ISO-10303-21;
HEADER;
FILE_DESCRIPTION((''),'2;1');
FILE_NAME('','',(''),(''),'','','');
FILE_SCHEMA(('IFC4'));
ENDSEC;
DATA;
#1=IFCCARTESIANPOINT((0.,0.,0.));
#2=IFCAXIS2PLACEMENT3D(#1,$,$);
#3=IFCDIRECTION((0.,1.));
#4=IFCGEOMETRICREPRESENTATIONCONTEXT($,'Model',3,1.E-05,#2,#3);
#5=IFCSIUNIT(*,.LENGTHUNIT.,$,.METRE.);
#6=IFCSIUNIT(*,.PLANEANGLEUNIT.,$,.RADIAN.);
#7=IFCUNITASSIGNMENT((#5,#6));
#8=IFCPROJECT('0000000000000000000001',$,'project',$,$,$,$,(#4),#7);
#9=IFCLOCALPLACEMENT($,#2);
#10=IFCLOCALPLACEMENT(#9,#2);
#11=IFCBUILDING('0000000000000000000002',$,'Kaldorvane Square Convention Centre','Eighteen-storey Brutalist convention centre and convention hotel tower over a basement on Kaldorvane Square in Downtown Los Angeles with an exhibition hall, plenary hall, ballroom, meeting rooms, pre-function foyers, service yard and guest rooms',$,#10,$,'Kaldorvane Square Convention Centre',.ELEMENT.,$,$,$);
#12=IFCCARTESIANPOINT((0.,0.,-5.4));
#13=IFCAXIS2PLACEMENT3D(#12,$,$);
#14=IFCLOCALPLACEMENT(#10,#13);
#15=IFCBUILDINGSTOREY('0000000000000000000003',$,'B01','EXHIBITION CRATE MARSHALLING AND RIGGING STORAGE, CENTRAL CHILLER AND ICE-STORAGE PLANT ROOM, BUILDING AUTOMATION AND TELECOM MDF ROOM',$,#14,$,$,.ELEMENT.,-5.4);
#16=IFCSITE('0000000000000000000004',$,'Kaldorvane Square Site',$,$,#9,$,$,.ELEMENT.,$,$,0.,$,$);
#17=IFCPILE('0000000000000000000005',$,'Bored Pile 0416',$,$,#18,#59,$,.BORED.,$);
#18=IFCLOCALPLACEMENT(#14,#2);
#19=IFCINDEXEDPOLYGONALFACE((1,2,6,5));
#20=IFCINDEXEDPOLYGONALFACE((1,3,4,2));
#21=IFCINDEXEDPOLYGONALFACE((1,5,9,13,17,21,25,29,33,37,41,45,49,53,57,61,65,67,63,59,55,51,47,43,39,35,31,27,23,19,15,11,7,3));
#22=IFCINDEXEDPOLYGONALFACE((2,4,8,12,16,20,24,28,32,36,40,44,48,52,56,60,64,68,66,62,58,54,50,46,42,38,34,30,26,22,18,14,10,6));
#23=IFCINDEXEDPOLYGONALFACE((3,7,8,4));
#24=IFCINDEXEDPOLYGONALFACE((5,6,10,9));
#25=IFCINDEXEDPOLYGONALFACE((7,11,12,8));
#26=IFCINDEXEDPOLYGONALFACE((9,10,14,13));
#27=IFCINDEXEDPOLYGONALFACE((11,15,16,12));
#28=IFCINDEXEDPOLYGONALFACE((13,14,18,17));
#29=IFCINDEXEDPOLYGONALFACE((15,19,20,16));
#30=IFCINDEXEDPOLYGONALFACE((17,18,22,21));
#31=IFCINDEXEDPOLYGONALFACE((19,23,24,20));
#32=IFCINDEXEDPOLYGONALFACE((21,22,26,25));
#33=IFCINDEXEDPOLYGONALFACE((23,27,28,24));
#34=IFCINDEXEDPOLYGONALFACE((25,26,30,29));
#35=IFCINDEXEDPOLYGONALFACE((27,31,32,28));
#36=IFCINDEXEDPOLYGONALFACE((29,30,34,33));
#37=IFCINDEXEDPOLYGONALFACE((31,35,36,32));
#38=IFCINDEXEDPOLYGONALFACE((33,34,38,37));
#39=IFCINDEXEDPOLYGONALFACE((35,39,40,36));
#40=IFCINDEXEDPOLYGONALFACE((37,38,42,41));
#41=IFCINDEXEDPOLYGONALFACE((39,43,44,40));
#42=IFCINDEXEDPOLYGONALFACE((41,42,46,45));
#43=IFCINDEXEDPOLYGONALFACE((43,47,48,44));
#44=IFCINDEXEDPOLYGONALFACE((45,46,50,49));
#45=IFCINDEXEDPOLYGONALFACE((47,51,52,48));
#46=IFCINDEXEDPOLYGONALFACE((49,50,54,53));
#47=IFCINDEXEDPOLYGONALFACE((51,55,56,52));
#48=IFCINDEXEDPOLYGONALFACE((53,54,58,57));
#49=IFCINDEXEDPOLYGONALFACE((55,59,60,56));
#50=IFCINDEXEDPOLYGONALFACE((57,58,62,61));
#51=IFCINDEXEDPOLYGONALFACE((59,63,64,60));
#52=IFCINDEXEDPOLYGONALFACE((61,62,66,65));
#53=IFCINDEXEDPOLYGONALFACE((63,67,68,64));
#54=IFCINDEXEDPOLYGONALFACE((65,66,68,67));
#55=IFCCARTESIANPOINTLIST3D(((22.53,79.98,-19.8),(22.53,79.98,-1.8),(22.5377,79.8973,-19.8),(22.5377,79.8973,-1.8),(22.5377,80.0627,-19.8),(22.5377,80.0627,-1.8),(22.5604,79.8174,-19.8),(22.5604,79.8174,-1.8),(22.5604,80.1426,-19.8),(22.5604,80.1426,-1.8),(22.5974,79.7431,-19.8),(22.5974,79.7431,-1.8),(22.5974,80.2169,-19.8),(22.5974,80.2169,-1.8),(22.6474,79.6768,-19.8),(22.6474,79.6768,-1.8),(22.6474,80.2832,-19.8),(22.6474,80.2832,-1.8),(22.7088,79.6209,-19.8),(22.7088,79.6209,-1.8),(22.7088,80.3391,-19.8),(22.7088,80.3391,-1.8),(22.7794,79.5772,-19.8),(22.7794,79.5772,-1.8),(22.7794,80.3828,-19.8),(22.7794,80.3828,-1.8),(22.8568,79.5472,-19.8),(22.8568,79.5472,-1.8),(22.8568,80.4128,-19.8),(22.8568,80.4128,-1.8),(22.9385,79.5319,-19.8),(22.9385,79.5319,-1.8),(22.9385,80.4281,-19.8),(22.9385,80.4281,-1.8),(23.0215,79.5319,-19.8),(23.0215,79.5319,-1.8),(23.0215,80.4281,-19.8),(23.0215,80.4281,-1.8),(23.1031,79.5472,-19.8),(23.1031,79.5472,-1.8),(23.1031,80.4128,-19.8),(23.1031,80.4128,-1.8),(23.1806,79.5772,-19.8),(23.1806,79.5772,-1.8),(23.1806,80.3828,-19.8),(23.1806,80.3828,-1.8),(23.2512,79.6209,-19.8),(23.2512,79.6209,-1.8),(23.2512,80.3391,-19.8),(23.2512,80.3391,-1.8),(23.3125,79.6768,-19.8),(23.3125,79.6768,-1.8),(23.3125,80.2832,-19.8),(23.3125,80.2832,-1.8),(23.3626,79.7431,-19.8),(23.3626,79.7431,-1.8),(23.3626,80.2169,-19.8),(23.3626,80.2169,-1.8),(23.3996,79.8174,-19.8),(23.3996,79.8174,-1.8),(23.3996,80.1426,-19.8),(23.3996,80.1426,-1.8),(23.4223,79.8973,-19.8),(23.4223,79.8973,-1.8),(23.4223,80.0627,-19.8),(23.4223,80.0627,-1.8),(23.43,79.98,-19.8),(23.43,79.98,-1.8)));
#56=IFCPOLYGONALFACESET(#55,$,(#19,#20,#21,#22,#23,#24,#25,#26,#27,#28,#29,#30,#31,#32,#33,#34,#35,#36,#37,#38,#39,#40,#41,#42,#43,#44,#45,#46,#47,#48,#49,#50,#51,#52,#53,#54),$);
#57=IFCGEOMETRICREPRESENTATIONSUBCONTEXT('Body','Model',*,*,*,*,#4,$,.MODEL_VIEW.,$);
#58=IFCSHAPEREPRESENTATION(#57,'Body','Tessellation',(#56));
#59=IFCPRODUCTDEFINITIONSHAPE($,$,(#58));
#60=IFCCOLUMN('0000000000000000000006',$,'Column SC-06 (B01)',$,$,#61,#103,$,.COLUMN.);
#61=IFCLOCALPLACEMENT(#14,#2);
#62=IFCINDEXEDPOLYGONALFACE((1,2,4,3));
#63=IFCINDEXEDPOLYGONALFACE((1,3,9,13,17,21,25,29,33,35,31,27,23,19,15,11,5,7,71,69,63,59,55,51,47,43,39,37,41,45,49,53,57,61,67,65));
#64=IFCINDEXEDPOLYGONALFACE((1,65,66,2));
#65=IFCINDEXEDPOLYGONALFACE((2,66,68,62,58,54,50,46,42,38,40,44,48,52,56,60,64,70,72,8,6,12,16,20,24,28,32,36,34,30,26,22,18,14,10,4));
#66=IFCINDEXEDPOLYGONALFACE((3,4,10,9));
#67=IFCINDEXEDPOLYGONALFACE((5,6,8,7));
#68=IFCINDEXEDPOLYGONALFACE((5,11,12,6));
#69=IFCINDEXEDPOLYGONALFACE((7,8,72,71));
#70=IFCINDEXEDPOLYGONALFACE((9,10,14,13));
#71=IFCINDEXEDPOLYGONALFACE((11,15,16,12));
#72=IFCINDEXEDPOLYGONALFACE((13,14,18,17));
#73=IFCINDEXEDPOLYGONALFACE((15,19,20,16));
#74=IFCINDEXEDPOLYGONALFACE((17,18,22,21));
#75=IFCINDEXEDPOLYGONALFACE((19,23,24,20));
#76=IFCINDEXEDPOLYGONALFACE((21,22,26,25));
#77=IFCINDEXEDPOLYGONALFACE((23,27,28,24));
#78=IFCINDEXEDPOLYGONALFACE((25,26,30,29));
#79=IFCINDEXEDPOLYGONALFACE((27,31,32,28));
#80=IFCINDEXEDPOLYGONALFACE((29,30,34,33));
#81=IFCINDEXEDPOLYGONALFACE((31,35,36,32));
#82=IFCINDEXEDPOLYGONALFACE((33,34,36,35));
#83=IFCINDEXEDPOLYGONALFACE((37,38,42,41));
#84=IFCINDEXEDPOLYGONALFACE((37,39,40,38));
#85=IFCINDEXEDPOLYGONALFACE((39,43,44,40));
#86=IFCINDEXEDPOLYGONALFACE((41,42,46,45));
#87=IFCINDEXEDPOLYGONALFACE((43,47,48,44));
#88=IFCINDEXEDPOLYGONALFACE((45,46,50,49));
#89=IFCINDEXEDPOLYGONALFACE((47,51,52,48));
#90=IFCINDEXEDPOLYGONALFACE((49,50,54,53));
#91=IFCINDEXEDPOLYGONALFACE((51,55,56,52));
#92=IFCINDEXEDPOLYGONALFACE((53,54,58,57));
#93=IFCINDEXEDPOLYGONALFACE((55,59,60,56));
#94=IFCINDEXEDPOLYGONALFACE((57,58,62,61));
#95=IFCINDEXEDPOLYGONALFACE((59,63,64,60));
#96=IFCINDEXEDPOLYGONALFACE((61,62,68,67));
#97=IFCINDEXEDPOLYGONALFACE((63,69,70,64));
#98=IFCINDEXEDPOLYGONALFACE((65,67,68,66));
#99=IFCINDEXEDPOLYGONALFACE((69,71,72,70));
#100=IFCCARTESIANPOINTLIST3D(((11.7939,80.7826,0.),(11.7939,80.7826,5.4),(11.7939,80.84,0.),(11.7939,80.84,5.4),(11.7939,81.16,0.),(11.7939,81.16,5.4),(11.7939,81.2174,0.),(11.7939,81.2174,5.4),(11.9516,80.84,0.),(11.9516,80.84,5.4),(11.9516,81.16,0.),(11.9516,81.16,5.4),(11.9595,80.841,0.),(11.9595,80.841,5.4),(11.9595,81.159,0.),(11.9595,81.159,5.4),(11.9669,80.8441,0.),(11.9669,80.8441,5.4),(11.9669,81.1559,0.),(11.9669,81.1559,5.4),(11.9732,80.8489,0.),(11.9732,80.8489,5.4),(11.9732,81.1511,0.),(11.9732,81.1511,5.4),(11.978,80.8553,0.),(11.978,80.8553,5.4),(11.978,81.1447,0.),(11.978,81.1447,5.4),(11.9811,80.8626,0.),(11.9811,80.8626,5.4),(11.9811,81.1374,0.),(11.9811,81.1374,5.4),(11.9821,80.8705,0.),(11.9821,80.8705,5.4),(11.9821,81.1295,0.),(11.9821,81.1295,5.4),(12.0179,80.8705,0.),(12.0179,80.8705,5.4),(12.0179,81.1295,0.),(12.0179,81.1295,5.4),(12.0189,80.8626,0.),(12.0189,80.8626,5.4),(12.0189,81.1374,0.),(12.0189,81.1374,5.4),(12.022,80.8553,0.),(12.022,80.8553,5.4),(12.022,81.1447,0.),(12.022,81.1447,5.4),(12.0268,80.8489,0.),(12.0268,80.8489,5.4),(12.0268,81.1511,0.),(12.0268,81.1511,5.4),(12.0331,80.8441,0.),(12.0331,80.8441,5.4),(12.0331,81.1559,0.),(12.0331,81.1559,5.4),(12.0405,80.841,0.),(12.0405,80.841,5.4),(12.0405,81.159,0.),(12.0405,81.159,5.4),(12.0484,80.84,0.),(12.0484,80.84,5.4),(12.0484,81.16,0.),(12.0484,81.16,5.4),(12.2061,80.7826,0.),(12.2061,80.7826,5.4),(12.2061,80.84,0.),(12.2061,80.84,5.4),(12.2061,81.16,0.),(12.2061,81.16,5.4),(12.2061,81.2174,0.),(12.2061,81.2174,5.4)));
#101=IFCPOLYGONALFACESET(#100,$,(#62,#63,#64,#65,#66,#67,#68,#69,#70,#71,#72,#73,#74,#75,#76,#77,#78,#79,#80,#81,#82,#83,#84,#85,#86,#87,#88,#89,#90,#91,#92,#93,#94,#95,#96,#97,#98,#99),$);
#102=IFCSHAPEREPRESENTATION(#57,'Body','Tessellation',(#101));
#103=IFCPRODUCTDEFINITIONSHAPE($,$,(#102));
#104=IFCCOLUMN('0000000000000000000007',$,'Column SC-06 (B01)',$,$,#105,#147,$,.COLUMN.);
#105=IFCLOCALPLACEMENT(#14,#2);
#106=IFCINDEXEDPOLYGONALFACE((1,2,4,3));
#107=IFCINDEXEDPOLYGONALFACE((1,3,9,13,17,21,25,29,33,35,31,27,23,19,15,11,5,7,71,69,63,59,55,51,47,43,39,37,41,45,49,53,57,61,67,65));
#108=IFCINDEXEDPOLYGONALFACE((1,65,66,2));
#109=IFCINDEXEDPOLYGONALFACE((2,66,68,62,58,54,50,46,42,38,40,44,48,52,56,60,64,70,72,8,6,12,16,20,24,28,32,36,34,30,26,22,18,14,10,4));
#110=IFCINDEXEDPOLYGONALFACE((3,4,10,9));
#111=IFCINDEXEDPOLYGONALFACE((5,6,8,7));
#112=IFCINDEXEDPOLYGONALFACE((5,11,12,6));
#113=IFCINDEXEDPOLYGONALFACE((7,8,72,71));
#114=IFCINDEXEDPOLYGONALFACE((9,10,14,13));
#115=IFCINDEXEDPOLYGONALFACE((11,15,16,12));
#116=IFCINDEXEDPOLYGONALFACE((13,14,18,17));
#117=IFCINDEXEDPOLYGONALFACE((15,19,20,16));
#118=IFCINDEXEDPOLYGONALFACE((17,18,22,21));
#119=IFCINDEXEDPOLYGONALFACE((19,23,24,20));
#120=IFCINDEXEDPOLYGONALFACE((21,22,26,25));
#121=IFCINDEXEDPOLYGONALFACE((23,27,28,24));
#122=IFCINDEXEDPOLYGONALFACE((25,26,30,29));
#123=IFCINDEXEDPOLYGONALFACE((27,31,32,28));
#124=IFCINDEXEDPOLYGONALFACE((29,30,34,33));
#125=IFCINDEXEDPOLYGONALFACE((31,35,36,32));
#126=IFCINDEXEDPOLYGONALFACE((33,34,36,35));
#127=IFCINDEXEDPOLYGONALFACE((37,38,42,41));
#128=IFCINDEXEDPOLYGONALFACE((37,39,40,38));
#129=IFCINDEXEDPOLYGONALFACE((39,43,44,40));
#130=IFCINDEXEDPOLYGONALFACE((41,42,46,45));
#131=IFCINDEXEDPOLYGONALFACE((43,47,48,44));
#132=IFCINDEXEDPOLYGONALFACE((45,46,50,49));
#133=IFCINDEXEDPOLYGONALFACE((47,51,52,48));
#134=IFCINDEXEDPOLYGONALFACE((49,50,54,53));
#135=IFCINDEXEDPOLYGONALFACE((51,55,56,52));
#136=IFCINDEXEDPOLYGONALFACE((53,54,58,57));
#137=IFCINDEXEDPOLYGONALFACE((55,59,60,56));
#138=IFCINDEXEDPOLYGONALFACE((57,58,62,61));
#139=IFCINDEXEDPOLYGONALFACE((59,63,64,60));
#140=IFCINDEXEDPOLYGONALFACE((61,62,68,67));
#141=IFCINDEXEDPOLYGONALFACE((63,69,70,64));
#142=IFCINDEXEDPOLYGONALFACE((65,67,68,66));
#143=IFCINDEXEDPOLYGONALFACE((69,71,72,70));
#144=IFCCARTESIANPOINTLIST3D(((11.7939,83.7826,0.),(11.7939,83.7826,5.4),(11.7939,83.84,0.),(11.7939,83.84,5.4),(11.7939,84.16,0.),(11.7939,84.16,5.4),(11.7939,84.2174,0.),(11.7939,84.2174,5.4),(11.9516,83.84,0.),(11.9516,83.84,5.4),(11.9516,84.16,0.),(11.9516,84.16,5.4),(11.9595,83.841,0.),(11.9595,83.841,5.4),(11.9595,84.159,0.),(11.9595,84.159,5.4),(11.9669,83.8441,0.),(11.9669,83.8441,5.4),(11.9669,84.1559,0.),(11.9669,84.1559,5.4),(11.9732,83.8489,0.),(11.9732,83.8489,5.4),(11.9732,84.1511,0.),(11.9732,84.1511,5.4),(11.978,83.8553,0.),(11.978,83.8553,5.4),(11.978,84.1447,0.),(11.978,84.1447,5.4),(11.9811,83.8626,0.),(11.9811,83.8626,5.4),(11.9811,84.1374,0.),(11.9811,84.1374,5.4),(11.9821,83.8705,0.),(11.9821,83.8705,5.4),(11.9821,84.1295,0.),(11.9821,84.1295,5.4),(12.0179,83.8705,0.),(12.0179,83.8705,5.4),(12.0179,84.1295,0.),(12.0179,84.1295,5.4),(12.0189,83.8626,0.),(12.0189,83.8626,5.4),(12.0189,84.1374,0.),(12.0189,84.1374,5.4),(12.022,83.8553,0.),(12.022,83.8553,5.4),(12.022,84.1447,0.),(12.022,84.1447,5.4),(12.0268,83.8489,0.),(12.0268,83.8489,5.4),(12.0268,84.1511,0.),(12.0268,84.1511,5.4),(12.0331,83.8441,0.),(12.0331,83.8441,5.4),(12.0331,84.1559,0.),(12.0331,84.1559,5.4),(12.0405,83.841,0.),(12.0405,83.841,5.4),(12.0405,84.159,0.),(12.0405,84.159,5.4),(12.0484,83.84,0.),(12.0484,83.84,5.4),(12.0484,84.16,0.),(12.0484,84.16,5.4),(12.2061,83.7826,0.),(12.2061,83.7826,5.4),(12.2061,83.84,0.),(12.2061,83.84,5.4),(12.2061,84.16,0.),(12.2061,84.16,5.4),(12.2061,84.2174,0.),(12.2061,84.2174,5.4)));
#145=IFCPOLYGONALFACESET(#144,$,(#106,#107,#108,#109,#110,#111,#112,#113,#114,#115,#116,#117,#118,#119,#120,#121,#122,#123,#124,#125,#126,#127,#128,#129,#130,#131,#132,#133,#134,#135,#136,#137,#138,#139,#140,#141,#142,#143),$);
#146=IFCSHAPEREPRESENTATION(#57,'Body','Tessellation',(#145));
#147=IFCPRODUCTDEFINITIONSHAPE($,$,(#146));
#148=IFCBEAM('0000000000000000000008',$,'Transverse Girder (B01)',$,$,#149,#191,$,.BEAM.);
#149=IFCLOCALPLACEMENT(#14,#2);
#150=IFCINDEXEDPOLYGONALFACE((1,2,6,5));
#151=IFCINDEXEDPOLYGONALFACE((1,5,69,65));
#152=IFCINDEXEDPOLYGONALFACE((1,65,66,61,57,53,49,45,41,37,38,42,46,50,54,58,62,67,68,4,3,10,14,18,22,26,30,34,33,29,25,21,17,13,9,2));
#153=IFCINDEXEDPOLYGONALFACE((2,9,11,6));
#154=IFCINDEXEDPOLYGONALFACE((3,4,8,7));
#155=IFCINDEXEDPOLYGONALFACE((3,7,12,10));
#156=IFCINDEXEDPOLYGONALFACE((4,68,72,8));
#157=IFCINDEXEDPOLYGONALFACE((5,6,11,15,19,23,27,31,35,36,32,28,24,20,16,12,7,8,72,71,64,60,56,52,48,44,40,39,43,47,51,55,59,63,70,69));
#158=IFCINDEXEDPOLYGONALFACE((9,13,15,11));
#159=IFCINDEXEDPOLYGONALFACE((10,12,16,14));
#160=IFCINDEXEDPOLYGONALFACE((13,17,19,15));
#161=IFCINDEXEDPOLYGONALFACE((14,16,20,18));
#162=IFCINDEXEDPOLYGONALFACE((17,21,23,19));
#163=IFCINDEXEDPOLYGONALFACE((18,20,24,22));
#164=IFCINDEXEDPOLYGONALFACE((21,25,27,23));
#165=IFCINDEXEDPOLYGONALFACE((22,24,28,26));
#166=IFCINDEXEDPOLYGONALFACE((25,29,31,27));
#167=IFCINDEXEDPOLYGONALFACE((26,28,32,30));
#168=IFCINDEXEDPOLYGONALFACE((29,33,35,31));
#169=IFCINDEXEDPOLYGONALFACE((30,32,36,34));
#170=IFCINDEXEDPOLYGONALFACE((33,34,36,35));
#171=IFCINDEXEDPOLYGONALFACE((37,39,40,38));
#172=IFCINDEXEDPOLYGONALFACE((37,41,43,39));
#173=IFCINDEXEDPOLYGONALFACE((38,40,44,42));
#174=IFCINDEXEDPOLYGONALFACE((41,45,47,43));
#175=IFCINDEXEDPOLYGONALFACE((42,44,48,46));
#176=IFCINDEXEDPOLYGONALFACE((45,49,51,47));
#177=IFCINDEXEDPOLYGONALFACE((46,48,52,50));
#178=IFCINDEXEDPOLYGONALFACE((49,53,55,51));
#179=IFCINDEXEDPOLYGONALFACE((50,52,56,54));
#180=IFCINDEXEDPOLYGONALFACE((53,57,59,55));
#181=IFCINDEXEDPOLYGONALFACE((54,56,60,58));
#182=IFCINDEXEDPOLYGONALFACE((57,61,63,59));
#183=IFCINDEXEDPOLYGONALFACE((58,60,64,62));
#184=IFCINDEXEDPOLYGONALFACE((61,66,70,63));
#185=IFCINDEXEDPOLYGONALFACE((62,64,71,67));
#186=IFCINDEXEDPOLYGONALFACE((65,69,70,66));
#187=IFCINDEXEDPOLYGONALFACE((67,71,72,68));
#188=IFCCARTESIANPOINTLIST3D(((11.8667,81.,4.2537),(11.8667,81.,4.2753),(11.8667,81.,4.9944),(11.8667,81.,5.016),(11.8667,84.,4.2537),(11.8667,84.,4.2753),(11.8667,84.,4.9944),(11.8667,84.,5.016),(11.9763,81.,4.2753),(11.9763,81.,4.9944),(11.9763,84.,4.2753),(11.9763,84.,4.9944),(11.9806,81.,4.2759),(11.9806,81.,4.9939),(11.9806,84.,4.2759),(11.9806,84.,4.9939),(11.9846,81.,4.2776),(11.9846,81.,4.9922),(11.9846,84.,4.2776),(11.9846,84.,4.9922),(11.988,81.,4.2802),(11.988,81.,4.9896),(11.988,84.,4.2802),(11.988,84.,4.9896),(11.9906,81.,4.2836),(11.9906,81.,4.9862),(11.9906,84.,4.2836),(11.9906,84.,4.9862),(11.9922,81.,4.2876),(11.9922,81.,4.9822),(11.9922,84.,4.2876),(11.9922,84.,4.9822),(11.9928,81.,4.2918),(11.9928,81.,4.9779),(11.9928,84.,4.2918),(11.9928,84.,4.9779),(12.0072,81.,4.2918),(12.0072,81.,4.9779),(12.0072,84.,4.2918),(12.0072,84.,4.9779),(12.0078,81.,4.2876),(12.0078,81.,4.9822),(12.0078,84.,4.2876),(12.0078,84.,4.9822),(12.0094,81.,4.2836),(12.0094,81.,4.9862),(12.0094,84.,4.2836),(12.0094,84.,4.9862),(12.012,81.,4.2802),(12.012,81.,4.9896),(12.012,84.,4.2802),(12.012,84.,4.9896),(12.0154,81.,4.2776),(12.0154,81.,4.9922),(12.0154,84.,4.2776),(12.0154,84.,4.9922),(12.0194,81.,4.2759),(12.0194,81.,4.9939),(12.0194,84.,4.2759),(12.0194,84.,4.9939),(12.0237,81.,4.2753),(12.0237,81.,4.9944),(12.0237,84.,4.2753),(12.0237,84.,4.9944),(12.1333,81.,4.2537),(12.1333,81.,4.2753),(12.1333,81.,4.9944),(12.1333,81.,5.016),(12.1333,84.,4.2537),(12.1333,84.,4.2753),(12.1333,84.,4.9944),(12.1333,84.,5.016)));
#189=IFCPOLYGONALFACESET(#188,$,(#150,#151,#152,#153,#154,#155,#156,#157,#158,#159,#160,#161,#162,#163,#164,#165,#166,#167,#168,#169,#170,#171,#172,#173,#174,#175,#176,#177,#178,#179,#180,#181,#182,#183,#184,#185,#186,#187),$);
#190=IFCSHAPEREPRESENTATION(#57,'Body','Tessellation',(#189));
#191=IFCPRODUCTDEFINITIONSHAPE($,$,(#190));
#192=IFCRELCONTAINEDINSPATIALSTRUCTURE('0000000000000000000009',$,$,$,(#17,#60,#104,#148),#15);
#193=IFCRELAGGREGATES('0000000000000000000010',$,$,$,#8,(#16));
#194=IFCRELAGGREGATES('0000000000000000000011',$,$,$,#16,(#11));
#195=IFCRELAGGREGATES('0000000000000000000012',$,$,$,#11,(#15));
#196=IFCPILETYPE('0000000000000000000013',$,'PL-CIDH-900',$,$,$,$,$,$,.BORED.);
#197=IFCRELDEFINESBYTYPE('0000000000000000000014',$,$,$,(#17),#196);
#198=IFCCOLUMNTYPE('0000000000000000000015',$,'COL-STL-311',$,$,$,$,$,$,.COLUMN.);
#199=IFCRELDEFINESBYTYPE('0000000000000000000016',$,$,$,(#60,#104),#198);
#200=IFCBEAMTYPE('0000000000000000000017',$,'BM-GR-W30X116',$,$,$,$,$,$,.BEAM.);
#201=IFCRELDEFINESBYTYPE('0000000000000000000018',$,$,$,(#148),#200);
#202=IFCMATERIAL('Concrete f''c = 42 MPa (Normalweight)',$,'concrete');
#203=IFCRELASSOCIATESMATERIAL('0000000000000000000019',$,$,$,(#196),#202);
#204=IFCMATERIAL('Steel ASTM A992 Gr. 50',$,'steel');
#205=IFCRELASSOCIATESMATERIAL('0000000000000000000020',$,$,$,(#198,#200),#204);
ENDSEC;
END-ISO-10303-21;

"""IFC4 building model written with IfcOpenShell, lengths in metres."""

from ifc_helpers import new_model, si_unit, direction, frame, origin, origin_2d, place, context, subcontext, project, spatial, circle, i_section, extrude, material, material_profile, profile_set, type_object, element, save


model = new_model("IFC4")

# Units and contexts
model_context = context("Model", 3, precision=1e-05, world=origin(), true_north=direction((0.0, 1.0)))
body_context = subcontext(model_context, "Body", "Model", "MODEL_VIEW")
ifc_project = project(units=[si_unit("LENGTHUNIT", "METRE"), si_unit("PLANEANGLEUNIT", "RADIAN")], contexts=[model_context])

# Site, building, storey
site_placement = place(None, origin())
site = spatial("IfcSite", under=ifc_project, at=site_placement, Name="Kaldorvane Square Site", CompositionType="ELEMENT", RefElevation=0.0)
building_placement = place(site_placement, origin())
building = spatial("IfcBuilding", under=site, at=building_placement, Name="Kaldorvane Square Convention Centre", Description="Eighteen-storey Brutalist convention centre and convention hotel tower over a basement on Kaldorvane Square in Downtown Los Angeles with an exhibition hall, plenary hall, ballroom, meeting rooms, pre-function foyers, service yard and guest rooms", LongName="Kaldorvane Square Convention Centre", CompositionType="ELEMENT")
storey_placement = place(building_placement, frame((0.0, 0.0, -5.4)))
storey = spatial("IfcBuildingStorey", under=building, at=storey_placement, Name="B01", Description="EXHIBITION CRATE MARSHALLING AND RIGGING STORAGE, CENTRAL CHILLER AND ICE-STORAGE PLANT ROOM, BUILDING AUTOMATION AND TELECOM MDF ROOM", CompositionType="ELEMENT", Elevation=-5.4)

# Shared definitions
ifc_material_1 = material(Name="Concrete f'c = 42 MPa (Normalweight)", Category="concrete")

# Pile
ifc_material_profile_1 = material_profile(ifc_material_1, circle(Radius=0.45, at=origin_2d()), Name="PILE-D900")
ifc_profile_set_1 = profile_set([ifc_material_profile_1], Name="Concrete f'c = 42 MPa (Normalweight)")
pile_type_1 = type_object("IfcPileType", Name="PL-CIDH-900", PredefinedType="BORED", material=ifc_profile_set_1)
for number, where, z_axis, x_axis, name in (
    (1, (22.98, 79.98, -1.8), (0.0, 0.0, -1.0), (1.0, 0.0, 0.0), "Bored Pile 0416"),
):
    element("IfcPile", number, at=place(storey_placement, frame(where, z_axis=z_axis, x_axis=x_axis)), inside=storey, type_object=pile_type_1, Name=name, PredefinedType="BORED", context=body_context, shape_type="SweptSolid", body=[
        extrude(circle(Radius=0.45, at=origin_2d()), origin(), (0.0, 0.0, 1.0), 18.0),
    ])

# Columns
ifc_material_2 = material(Name="Steel ASTM A992 Gr. 50", Category="steel")
ifc_material_profile_2 = material_profile(ifc_material_2, i_section(OverallWidth=0.4122, OverallDepth=0.4348, WebThickness=0.0358, FlangeThickness=0.0574, FilletRadius=0.0305, at=origin_2d()), Name="W14X311")
ifc_profile_set_2 = profile_set([ifc_material_profile_2], Name="Steel ASTM A992 Gr. 50")
column_type = type_object("IfcColumnType", Name="COL-STL-311", PredefinedType="COLUMN", material=ifc_profile_set_2)
for number, where, z_axis, x_axis, name in (
    (2, (12.0, 81.0, 0.0), (0.0, 0.0, 1.0), (1.0, 0.0, 0.0), "Column SC-06 (B01)"),
    (3, (12.0, 84.0, 0.0), (0.0, 0.0, 1.0), (1.0, 0.0, 0.0), "Column SC-06 (B01)"),
):
    element("IfcColumn", number, at=place(storey_placement, frame(where, z_axis=z_axis, x_axis=x_axis)), inside=storey, type_object=column_type, Name=name, PredefinedType="COLUMN", context=body_context, shape_type="SweptSolid", body=[
        extrude(i_section(OverallWidth=0.4122, OverallDepth=0.4348, WebThickness=0.0358, FlangeThickness=0.0574, FilletRadius=0.0305, at=origin_2d()), origin(), (0.0, 0.0, 1.0), 5.4),
    ])

# Beam
ifc_material_profile_3 = material_profile(ifc_material_2, i_section(OverallWidth=0.2666, OverallDepth=0.7623, WebThickness=0.0144, FlangeThickness=0.0216, FilletRadius=0.0165, at=origin_2d()), Name="W30X116")
ifc_profile_set_3 = profile_set([ifc_material_profile_3], Name="Steel ASTM A992 Gr. 50")
beam_type_1 = type_object("IfcBeamType", Name="BM-GR-W30X116", PredefinedType="BEAM", material=ifc_profile_set_3)
beam_1_placement = place(storey_placement, frame((12.0, 81.0, 4.6349), z_axis=(0.0, 1.0, 0.0), x_axis=(-1.0, 0.0, 0.0)))
element("IfcBeam", 4, at=beam_1_placement, inside=storey, type_object=beam_type_1, Name="Transverse Girder (B01)", PredefinedType="BEAM", context=body_context, shape_type="SweptSolid", body=[
    extrude(i_section(OverallWidth=0.2666, OverallDepth=0.7623, WebThickness=0.0144, FlangeThickness=0.0216, FilletRadius=0.0165, at=origin_2d()), origin(), (0.0, 0.0, 1.0), 3.0),
])

save(model, "model.ifc")
